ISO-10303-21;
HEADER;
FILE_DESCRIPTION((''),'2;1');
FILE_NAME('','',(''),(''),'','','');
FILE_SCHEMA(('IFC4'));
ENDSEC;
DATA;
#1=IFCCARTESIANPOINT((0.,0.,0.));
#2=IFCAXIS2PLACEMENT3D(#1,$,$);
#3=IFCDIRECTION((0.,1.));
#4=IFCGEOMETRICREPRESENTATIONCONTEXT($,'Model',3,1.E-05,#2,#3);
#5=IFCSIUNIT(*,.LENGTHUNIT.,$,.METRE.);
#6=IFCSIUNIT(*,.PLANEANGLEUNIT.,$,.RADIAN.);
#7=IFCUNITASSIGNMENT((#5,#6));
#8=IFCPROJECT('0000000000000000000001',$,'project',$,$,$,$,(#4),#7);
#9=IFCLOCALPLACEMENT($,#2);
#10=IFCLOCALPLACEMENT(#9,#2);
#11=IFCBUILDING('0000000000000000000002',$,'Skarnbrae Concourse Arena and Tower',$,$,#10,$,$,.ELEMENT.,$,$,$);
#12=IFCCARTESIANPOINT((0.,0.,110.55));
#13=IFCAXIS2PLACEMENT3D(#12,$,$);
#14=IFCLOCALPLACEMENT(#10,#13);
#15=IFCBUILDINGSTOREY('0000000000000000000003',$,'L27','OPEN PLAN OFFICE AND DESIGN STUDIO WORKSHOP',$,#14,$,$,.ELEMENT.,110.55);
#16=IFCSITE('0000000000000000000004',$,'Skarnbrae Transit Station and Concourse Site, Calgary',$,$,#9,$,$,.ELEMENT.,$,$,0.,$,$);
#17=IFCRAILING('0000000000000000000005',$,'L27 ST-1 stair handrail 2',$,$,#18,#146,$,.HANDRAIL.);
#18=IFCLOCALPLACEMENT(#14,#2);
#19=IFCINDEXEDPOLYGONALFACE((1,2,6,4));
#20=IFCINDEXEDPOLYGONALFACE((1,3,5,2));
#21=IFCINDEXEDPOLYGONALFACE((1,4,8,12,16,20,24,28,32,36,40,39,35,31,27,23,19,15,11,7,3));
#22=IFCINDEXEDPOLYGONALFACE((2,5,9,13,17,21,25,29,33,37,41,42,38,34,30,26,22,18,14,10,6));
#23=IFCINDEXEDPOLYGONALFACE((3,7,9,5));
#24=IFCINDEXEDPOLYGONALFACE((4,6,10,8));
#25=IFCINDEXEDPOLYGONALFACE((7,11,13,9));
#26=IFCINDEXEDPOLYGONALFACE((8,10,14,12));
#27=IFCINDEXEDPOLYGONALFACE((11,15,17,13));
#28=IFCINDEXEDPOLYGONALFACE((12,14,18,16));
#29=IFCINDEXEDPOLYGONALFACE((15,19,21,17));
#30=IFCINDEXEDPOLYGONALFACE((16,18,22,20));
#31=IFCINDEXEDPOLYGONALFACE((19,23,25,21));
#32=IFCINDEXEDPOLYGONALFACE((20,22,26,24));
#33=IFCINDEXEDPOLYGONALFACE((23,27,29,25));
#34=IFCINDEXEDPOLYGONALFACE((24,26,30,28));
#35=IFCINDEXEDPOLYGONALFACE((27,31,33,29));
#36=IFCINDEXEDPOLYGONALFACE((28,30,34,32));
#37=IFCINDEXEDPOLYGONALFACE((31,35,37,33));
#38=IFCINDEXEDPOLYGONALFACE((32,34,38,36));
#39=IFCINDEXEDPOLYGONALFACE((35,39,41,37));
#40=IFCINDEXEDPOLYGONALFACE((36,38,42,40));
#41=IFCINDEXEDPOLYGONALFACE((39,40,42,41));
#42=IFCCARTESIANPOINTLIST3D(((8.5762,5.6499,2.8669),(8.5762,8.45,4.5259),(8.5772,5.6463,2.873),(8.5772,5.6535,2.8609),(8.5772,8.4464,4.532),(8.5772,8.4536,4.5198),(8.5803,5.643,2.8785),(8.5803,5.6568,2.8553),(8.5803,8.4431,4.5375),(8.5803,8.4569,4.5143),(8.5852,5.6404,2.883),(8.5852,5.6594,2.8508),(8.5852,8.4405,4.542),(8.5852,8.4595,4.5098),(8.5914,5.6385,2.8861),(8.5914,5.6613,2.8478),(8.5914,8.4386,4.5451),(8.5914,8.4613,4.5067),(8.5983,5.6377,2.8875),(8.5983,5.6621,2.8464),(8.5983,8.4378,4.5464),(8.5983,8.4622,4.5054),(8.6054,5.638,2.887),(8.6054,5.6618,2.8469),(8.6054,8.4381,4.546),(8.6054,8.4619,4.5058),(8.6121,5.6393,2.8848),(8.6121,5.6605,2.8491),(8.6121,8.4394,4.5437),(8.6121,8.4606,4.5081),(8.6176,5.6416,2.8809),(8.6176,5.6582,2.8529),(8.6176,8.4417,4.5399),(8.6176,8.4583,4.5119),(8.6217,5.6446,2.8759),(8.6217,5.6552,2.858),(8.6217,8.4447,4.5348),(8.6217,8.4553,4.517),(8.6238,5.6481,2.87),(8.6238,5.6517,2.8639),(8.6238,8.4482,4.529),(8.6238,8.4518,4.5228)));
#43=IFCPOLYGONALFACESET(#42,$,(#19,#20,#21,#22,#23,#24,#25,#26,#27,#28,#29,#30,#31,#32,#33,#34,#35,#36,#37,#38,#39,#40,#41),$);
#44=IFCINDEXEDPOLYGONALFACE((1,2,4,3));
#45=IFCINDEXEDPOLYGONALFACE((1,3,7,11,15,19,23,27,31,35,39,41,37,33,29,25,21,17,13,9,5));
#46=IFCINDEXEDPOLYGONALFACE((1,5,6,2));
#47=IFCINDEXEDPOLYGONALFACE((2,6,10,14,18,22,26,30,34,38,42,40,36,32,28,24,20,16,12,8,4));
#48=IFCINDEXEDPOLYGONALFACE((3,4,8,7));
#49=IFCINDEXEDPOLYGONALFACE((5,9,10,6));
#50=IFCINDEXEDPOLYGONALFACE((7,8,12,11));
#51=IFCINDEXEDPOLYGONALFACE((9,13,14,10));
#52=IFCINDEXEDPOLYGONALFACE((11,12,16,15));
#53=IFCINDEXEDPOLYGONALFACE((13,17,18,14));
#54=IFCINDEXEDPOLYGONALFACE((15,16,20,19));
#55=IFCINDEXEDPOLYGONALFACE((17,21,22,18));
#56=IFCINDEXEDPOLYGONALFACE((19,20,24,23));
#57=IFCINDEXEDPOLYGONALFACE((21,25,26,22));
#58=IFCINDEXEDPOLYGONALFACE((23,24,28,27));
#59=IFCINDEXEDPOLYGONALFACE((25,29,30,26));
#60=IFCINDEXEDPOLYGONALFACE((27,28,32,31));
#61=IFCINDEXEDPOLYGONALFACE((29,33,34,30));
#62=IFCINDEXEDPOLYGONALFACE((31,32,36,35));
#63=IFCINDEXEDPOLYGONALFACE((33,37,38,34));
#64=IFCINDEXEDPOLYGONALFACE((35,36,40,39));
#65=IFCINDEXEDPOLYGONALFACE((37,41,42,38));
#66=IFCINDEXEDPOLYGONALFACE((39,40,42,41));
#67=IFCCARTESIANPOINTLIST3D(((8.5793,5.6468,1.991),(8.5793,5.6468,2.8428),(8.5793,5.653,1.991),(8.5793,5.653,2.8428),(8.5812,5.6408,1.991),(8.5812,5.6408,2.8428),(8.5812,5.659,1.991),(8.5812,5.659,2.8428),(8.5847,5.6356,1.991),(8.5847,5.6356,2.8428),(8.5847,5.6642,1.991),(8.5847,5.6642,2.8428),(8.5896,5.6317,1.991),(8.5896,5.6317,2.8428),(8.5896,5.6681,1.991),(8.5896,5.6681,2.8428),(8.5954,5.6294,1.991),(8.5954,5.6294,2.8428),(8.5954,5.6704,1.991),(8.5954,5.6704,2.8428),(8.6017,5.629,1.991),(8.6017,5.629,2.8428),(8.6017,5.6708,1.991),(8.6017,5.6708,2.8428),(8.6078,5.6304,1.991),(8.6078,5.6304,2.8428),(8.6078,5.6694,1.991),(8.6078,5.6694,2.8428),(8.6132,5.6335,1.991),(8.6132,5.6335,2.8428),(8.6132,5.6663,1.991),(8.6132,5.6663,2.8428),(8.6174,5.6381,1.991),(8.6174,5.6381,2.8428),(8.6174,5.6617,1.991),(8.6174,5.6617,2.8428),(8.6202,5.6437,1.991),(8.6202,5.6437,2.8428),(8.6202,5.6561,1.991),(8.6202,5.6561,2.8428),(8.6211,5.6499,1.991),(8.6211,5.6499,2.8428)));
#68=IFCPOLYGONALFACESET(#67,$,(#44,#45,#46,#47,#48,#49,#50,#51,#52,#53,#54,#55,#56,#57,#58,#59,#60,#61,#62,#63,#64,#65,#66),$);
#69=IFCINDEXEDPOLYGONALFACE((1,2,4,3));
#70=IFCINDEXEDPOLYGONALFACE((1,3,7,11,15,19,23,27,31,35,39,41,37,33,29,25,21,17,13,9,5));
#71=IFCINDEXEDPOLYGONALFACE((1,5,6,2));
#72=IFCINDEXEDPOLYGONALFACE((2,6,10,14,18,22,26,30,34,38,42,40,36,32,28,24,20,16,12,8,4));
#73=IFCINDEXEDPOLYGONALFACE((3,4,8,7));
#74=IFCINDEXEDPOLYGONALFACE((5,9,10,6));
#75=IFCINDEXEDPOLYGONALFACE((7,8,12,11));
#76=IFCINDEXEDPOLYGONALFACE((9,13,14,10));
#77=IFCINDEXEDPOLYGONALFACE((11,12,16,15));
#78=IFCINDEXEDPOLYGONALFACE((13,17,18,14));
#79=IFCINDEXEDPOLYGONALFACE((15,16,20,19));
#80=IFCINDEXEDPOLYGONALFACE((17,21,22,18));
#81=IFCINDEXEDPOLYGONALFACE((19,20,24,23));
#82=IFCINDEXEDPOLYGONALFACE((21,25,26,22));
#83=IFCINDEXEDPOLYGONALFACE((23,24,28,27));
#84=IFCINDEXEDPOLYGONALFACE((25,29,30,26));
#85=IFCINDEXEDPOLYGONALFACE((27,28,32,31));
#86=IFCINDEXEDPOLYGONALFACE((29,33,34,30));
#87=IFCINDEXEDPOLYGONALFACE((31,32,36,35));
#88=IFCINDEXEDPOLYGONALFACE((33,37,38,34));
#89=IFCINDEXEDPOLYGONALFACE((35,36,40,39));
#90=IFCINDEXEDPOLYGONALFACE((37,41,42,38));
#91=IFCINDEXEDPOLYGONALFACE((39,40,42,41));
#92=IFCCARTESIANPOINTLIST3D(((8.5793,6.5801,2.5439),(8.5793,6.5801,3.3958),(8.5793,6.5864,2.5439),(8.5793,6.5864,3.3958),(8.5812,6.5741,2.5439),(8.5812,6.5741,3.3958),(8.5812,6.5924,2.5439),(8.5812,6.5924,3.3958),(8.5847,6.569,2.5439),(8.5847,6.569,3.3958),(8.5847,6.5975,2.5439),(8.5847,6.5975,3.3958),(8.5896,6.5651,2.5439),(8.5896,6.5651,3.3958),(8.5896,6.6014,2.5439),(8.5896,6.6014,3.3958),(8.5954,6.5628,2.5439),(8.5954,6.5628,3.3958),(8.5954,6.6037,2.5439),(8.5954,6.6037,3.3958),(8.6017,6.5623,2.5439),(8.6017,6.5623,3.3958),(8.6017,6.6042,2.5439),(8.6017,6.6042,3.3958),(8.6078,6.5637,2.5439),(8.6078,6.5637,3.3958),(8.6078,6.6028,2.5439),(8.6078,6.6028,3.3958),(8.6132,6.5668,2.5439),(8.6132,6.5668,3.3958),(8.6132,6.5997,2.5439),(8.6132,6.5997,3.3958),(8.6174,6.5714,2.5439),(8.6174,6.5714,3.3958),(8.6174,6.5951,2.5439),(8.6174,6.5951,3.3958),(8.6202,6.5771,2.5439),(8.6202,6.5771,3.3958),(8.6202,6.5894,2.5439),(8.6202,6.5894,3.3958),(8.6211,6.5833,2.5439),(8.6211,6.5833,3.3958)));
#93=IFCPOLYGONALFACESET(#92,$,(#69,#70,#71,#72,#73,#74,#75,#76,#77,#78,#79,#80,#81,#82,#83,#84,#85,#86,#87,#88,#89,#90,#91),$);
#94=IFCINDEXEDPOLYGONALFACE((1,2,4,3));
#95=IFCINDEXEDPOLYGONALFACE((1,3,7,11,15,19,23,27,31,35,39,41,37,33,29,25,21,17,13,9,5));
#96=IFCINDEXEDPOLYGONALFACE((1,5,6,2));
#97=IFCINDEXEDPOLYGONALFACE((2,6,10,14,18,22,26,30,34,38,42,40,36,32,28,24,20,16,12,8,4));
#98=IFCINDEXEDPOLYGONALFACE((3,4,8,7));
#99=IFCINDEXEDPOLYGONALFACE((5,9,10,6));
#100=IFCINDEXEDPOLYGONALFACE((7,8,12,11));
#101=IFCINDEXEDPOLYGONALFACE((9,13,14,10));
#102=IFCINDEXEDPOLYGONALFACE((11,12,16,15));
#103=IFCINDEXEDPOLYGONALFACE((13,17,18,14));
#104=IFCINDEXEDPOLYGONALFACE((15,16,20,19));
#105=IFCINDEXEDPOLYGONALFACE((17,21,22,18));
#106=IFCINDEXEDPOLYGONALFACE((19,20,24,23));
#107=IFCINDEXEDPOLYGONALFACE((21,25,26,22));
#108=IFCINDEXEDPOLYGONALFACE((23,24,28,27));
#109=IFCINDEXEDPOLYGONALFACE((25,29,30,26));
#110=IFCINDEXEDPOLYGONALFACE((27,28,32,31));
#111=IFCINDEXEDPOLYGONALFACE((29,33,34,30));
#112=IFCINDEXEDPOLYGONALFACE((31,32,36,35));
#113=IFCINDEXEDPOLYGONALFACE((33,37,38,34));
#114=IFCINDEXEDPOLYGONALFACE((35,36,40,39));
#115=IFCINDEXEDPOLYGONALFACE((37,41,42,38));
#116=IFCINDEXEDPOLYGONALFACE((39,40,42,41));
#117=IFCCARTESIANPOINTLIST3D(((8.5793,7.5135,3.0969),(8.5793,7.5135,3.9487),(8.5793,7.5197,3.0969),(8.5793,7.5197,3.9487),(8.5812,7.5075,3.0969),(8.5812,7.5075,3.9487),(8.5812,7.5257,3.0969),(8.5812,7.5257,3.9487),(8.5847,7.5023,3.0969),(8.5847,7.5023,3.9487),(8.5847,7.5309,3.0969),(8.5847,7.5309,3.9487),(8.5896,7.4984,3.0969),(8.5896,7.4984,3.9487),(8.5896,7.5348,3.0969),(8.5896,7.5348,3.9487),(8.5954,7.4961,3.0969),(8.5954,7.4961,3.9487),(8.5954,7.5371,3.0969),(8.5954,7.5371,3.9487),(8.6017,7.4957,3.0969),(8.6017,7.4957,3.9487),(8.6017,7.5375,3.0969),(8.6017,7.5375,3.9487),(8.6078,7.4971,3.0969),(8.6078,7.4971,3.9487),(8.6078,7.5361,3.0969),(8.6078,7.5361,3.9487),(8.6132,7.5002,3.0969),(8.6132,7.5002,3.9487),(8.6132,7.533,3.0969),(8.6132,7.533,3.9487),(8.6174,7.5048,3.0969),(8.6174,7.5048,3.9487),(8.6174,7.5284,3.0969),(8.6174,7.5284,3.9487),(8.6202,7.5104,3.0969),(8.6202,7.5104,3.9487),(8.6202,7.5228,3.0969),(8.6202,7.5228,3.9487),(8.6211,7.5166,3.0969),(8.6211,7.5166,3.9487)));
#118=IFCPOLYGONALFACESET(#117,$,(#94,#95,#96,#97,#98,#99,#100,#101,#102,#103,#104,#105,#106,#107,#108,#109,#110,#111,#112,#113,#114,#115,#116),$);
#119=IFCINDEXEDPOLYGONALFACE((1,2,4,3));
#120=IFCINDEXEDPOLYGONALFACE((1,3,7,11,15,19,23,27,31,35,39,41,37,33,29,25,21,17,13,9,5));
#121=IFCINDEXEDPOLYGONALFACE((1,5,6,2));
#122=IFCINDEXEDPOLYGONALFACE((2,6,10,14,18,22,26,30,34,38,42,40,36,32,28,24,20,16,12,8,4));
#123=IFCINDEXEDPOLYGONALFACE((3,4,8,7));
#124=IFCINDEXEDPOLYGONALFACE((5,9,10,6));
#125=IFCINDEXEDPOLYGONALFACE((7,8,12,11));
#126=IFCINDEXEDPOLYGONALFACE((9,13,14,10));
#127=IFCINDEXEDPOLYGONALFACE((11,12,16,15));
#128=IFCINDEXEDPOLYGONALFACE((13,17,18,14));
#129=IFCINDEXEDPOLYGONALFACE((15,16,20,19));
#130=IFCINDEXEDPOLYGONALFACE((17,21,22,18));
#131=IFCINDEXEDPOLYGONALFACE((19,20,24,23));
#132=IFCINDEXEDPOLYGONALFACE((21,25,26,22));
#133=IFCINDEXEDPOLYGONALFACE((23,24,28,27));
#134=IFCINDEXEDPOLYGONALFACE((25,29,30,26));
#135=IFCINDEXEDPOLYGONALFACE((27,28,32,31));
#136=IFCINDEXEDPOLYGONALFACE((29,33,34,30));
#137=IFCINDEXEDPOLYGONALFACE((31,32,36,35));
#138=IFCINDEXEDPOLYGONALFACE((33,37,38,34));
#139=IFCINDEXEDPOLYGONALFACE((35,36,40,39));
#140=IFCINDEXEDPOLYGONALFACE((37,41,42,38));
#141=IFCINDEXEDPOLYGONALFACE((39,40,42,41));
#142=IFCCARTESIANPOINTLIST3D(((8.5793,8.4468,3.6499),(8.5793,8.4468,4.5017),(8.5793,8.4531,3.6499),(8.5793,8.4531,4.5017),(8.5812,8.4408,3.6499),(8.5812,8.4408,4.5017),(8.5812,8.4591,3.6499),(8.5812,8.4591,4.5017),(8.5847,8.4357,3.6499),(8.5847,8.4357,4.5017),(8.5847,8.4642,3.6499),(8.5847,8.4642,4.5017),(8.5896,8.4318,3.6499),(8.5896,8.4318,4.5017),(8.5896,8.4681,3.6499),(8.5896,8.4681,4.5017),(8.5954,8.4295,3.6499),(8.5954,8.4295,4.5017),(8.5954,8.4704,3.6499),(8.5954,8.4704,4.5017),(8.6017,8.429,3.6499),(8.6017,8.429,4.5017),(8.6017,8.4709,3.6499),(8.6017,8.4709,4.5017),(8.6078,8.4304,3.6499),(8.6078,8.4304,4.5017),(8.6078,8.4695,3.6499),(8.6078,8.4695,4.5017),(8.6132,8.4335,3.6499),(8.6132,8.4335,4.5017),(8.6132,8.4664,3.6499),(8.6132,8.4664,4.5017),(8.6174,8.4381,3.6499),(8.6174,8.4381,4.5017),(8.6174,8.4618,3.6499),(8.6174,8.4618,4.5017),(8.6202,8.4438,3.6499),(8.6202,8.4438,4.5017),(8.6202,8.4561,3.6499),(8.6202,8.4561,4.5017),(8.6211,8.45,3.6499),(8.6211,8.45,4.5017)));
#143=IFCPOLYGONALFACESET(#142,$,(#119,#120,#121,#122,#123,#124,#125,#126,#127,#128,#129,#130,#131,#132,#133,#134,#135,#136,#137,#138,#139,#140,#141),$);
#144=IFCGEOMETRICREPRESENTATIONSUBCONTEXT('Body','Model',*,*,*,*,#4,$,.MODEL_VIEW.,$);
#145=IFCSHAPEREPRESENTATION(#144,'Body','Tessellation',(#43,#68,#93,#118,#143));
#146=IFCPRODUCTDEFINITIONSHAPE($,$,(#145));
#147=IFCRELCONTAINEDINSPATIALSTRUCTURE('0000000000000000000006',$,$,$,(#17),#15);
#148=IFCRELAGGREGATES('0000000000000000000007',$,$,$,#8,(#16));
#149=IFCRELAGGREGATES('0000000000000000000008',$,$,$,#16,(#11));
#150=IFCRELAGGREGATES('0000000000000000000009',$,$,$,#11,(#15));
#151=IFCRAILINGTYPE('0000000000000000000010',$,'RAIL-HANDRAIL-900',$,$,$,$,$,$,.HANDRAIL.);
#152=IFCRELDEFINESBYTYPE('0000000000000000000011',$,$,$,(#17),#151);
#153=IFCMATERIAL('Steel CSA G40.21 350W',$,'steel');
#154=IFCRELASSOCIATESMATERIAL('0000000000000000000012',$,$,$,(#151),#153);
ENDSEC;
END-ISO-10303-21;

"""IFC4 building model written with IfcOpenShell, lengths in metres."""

from ifc_helpers import new_model, si_unit, direction, frame, origin, origin_2d, place, context, subcontext, project, spatial, circle, extrude, material, type_object, element, save


model = new_model("IFC4")

# Units and contexts
model_context = context("Model", 3, precision=1e-05, world=origin(), true_north=direction((0.0, 1.0)))
body_context = subcontext(model_context, "Body", "Model", "MODEL_VIEW")
ifc_project = project(units=[si_unit("LENGTHUNIT", "METRE"), si_unit("PLANEANGLEUNIT", "RADIAN")], contexts=[model_context])

# Site, building, storey
site_placement = place(None, origin())
site = spatial("IfcSite", under=ifc_project, at=site_placement, Name="Skarnbrae Transit Station and Concourse Site, Calgary", CompositionType="ELEMENT", RefElevation=0.0)
building_placement = place(site_placement, origin())
building = spatial("IfcBuilding", under=site, at=building_placement, Name="Skarnbrae Concourse Arena and Tower", CompositionType="ELEMENT")
storey_placement = place(building_placement, frame((0.0, 0.0, 110.55)))
storey = spatial("IfcBuildingStorey", under=building, at=storey_placement, Name="L27", Description="OPEN PLAN OFFICE AND DESIGN STUDIO WORKSHOP", CompositionType="ELEMENT", Elevation=110.55)

# Shared definitions
ifc_material_1 = material(Name="Steel CSA G40.21 350W", Category="steel")

# Railing
railing_type_1 = type_object("IfcRailingType", Name="RAIL-HANDRAIL-900", PredefinedType="HANDRAIL", material=ifc_material_1)
railing_1_placement = place(storey_placement, frame((8.6001, 5.6499, 1.991)))
element("IfcRailing", 1, at=railing_1_placement, inside=storey, type_object=railing_type_1, Name="L27 ST-1 stair handrail 2", PredefinedType="HANDRAIL", context=body_context, shape_type="SweptSolid", body=[
    extrude(circle(Radius=0.0239, at=origin_2d()), frame((0.0, 0.0, 0.876), z_axis=(0.0, 0.860339, 0.509722), x_axis=(-1.0, 0.0, 0.0)), (0.0, 0.0, 1.0), 3.2546),
    extrude(circle(Radius=0.021, at=origin_2d()), origin(), (0.0, 0.0, 1.0), 0.8518),
    extrude(circle(Radius=0.021, at=origin_2d()), frame((0.0, 0.9333, 0.553)), (0.0, 0.0, 1.0), 0.8518),
    extrude(circle(Radius=0.021, at=origin_2d()), frame((0.0, 1.8667, 1.106)), (0.0, 0.0, 1.0), 0.8518),
    extrude(circle(Radius=0.021, at=origin_2d()), frame((0.0, 2.8, 1.6589)), (0.0, 0.0, 1.0), 0.8518),
])

save(model, "model.ifc")
